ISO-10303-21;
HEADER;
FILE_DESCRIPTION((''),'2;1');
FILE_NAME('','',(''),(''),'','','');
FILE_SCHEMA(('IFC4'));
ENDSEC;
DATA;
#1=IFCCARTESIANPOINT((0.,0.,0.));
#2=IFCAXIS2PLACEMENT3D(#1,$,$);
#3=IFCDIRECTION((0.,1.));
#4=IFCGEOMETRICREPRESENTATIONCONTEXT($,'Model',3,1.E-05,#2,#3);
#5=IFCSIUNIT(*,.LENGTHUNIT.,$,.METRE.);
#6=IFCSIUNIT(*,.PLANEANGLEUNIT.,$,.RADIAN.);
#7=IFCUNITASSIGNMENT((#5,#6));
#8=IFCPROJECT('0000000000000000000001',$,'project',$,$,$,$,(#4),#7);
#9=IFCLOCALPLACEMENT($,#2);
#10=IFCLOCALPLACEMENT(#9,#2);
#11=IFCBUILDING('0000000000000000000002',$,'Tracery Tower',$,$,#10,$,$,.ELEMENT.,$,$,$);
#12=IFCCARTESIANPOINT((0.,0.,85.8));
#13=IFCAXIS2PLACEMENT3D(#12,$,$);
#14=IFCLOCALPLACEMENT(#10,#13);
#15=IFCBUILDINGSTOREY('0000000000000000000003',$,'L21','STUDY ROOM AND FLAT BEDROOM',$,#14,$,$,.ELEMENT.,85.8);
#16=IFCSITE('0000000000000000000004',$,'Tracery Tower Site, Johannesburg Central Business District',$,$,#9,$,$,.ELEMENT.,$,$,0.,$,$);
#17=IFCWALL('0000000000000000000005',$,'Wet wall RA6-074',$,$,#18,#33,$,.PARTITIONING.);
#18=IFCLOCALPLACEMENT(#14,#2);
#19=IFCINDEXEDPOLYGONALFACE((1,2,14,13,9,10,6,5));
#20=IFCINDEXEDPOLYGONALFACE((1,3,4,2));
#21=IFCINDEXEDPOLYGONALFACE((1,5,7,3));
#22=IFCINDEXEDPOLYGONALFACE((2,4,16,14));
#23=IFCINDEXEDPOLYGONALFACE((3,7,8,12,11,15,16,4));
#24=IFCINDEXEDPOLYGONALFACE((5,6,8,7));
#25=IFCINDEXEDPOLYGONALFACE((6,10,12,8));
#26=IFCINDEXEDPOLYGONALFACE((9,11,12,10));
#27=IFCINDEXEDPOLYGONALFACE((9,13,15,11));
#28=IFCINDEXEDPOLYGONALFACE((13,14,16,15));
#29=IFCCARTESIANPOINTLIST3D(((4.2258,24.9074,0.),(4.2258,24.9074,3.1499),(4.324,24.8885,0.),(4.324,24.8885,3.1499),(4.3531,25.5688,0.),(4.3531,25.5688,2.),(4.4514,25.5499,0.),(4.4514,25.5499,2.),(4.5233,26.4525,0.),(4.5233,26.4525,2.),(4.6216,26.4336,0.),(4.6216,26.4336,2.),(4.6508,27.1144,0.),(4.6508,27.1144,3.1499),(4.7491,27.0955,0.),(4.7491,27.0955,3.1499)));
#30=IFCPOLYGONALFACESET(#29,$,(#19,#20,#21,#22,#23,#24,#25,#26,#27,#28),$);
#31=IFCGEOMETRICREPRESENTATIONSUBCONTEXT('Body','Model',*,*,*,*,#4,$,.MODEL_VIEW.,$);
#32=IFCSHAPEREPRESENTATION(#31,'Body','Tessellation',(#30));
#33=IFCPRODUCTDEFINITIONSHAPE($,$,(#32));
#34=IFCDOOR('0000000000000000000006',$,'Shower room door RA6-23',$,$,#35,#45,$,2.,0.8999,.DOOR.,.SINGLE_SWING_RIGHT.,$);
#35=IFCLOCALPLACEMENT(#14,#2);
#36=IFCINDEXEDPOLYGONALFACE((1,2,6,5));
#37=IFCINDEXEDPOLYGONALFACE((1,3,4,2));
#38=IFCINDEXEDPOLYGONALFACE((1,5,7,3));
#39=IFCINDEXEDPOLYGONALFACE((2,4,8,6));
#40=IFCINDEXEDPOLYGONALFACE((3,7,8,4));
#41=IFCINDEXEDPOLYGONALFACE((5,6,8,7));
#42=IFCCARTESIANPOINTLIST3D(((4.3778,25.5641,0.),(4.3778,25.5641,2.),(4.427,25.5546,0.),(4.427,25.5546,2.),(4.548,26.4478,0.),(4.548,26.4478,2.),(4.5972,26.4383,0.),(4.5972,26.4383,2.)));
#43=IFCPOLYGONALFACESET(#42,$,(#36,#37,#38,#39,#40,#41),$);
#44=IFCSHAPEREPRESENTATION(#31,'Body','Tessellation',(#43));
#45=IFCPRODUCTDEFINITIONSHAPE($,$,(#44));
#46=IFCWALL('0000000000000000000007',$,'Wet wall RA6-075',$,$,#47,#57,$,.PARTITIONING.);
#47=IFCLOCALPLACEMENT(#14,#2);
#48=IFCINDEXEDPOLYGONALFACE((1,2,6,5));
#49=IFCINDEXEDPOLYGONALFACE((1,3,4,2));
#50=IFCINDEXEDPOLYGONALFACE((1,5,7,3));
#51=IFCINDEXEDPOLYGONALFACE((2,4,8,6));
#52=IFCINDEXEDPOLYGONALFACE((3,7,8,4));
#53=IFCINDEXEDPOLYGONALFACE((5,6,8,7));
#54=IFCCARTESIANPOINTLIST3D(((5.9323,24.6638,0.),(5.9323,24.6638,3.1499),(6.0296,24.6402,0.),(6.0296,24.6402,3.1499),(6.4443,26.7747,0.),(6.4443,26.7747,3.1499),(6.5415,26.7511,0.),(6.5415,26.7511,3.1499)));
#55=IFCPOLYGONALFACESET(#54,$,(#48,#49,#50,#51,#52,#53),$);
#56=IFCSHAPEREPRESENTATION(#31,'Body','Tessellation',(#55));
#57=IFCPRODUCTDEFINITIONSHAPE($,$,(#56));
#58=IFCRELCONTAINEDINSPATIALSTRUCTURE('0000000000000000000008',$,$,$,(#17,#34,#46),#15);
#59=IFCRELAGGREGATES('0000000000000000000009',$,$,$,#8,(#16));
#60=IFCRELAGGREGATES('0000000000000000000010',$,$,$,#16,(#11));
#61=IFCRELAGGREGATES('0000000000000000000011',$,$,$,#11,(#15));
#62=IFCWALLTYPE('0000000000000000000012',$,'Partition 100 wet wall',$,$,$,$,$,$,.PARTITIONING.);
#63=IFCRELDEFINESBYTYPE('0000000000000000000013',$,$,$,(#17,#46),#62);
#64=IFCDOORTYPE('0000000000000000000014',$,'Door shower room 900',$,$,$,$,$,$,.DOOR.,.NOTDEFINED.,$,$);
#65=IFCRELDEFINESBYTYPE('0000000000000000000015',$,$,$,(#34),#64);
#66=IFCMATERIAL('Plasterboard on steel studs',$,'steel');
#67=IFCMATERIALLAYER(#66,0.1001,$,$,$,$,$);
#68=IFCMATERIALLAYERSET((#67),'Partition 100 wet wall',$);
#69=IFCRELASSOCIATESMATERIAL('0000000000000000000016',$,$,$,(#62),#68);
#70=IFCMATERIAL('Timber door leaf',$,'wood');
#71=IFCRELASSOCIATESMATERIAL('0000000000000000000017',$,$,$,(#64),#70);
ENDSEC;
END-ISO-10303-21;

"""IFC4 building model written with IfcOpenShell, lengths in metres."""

from ifc_helpers import new_model, si_unit, direction, frame, frame_2d, origin, place, context, subcontext, project, spatial, rectangle, extrude, material, layer, layer_set, type_object, element, fill, save


model = new_model("IFC4")

# Units and contexts
model_context = context("Model", 3, precision=1e-05, world=origin(), true_north=direction((0.0, 1.0)))
body_context = subcontext(model_context, "Body", "Model", "MODEL_VIEW")
ifc_project = project(units=[si_unit("LENGTHUNIT", "METRE"), si_unit("PLANEANGLEUNIT", "RADIAN")], contexts=[model_context])

# Site, building, storey
site_placement = place(None, origin())
site = spatial("IfcSite", under=ifc_project, at=site_placement, Name="Tracery Tower Site, Johannesburg Central Business District", CompositionType="ELEMENT", RefElevation=0.0)
building_placement = place(site_placement, origin())
building = spatial("IfcBuilding", under=site, at=building_placement, Name="Tracery Tower", CompositionType="ELEMENT")
storey_placement = place(building_placement, frame((0.0, 0.0, 85.8)))
storey = spatial("IfcBuildingStorey", under=building, at=storey_placement, Name="L21", Description="STUDY ROOM AND FLAT BEDROOM", CompositionType="ELEMENT", Elevation=85.8)

# Shared definitions
ifc_material_1 = material(Name="Plasterboard on steel studs", Category="steel")
ifc_layer_1 = layer(ifc_material_1, 0.1001)
ifc_layer_set_1 = layer_set([ifc_layer_1], Name="Partition 100 wet wall")
wall_type_1 = type_object("IfcWallType", Name="Partition 100 wet wall", PredefinedType="PARTITIONING", material=ifc_layer_set_1)

# Wall, opening, door
wall_1_placement = place(storey_placement, frame((4.2749, 24.8979, 0.0), z_axis=(0.0, 0.0, 1.0), x_axis=(0.189113, 0.981955, 0.0)))
wall_1 = element("IfcWall", 1, at=wall_1_placement, inside=storey, type_object=wall_type_1, Name="Wet wall RA6-074", PredefinedType="PARTITIONING", context=body_context, shape_type="SweptSolid", body=[
    extrude(rectangle(XDim=2.2476, YDim=0.1001, at=frame_2d((1.1238, 0.0))), origin(), (0.0, 0.0, 1.0), 3.1499),
])
opening_1_placement = place(wall_1_placement, frame((0.6736, 0.0, 0.0)))
opening_1 = element("IfcOpeningElement", 2, at=opening_1_placement, cuts=wall_1, PredefinedType="OPENING", context=body_context, shape_type="SweptSolid", body=[
    extrude(rectangle(XDim=0.8999, YDim=2.0, at=frame_2d((0.45, 1.0))), frame((0.0, 0.05, 0.0), z_axis=(0.0, -1.0, 0.0), x_axis=(1.0, 0.0, 0.0)), (0.0, 0.0, 1.0), 0.1001),
])
ifc_material_2 = material(Name="Timber door leaf", Category="wood")
door_type_1 = type_object("IfcDoorType", Name="Door shower room 900", OperationType="NOTDEFINED", PredefinedType="DOOR", material=ifc_material_2)
door_1_placement = place(opening_1_placement, origin())
door_1 = element("IfcDoor", 3, at=door_1_placement, inside=storey, type_object=door_type_1, Name="Shower room door RA6-23", OperationType="SINGLE_SWING_RIGHT", OverallHeight=2.0, OverallWidth=0.8999, PredefinedType="DOOR", context=body_context, shape_type="SweptSolid", body=[
    extrude(rectangle(XDim=0.8999, YDim=2.0, at=frame_2d((0.45, 1.0))), frame((0.0, 0.0249, 0.0), z_axis=(0.0, -1.0, 0.0), x_axis=(1.0, 0.0, 0.0)), (0.0, 0.0, 1.0), 0.05),
])
fill(opening_1, door_1)

# Wall
wall_2_placement = place(storey_placement, frame((5.981, 24.6521, 0.0), z_axis=(0.0, 0.0, 1.0), x_axis=(0.235706, 0.971824, 0.0)))
element("IfcWall", 4, at=wall_2_placement, inside=storey, type_object=wall_type_1, Name="Wet wall RA6-075", PredefinedType="PARTITIONING", context=body_context, shape_type="SweptSolid", body=[
    extrude(rectangle(XDim=2.1721, YDim=0.1001, at=frame_2d((1.0859, 0.0))), origin(), (0.0, 0.0, 1.0), 3.1499),
])

save(model, "model.ifc")
